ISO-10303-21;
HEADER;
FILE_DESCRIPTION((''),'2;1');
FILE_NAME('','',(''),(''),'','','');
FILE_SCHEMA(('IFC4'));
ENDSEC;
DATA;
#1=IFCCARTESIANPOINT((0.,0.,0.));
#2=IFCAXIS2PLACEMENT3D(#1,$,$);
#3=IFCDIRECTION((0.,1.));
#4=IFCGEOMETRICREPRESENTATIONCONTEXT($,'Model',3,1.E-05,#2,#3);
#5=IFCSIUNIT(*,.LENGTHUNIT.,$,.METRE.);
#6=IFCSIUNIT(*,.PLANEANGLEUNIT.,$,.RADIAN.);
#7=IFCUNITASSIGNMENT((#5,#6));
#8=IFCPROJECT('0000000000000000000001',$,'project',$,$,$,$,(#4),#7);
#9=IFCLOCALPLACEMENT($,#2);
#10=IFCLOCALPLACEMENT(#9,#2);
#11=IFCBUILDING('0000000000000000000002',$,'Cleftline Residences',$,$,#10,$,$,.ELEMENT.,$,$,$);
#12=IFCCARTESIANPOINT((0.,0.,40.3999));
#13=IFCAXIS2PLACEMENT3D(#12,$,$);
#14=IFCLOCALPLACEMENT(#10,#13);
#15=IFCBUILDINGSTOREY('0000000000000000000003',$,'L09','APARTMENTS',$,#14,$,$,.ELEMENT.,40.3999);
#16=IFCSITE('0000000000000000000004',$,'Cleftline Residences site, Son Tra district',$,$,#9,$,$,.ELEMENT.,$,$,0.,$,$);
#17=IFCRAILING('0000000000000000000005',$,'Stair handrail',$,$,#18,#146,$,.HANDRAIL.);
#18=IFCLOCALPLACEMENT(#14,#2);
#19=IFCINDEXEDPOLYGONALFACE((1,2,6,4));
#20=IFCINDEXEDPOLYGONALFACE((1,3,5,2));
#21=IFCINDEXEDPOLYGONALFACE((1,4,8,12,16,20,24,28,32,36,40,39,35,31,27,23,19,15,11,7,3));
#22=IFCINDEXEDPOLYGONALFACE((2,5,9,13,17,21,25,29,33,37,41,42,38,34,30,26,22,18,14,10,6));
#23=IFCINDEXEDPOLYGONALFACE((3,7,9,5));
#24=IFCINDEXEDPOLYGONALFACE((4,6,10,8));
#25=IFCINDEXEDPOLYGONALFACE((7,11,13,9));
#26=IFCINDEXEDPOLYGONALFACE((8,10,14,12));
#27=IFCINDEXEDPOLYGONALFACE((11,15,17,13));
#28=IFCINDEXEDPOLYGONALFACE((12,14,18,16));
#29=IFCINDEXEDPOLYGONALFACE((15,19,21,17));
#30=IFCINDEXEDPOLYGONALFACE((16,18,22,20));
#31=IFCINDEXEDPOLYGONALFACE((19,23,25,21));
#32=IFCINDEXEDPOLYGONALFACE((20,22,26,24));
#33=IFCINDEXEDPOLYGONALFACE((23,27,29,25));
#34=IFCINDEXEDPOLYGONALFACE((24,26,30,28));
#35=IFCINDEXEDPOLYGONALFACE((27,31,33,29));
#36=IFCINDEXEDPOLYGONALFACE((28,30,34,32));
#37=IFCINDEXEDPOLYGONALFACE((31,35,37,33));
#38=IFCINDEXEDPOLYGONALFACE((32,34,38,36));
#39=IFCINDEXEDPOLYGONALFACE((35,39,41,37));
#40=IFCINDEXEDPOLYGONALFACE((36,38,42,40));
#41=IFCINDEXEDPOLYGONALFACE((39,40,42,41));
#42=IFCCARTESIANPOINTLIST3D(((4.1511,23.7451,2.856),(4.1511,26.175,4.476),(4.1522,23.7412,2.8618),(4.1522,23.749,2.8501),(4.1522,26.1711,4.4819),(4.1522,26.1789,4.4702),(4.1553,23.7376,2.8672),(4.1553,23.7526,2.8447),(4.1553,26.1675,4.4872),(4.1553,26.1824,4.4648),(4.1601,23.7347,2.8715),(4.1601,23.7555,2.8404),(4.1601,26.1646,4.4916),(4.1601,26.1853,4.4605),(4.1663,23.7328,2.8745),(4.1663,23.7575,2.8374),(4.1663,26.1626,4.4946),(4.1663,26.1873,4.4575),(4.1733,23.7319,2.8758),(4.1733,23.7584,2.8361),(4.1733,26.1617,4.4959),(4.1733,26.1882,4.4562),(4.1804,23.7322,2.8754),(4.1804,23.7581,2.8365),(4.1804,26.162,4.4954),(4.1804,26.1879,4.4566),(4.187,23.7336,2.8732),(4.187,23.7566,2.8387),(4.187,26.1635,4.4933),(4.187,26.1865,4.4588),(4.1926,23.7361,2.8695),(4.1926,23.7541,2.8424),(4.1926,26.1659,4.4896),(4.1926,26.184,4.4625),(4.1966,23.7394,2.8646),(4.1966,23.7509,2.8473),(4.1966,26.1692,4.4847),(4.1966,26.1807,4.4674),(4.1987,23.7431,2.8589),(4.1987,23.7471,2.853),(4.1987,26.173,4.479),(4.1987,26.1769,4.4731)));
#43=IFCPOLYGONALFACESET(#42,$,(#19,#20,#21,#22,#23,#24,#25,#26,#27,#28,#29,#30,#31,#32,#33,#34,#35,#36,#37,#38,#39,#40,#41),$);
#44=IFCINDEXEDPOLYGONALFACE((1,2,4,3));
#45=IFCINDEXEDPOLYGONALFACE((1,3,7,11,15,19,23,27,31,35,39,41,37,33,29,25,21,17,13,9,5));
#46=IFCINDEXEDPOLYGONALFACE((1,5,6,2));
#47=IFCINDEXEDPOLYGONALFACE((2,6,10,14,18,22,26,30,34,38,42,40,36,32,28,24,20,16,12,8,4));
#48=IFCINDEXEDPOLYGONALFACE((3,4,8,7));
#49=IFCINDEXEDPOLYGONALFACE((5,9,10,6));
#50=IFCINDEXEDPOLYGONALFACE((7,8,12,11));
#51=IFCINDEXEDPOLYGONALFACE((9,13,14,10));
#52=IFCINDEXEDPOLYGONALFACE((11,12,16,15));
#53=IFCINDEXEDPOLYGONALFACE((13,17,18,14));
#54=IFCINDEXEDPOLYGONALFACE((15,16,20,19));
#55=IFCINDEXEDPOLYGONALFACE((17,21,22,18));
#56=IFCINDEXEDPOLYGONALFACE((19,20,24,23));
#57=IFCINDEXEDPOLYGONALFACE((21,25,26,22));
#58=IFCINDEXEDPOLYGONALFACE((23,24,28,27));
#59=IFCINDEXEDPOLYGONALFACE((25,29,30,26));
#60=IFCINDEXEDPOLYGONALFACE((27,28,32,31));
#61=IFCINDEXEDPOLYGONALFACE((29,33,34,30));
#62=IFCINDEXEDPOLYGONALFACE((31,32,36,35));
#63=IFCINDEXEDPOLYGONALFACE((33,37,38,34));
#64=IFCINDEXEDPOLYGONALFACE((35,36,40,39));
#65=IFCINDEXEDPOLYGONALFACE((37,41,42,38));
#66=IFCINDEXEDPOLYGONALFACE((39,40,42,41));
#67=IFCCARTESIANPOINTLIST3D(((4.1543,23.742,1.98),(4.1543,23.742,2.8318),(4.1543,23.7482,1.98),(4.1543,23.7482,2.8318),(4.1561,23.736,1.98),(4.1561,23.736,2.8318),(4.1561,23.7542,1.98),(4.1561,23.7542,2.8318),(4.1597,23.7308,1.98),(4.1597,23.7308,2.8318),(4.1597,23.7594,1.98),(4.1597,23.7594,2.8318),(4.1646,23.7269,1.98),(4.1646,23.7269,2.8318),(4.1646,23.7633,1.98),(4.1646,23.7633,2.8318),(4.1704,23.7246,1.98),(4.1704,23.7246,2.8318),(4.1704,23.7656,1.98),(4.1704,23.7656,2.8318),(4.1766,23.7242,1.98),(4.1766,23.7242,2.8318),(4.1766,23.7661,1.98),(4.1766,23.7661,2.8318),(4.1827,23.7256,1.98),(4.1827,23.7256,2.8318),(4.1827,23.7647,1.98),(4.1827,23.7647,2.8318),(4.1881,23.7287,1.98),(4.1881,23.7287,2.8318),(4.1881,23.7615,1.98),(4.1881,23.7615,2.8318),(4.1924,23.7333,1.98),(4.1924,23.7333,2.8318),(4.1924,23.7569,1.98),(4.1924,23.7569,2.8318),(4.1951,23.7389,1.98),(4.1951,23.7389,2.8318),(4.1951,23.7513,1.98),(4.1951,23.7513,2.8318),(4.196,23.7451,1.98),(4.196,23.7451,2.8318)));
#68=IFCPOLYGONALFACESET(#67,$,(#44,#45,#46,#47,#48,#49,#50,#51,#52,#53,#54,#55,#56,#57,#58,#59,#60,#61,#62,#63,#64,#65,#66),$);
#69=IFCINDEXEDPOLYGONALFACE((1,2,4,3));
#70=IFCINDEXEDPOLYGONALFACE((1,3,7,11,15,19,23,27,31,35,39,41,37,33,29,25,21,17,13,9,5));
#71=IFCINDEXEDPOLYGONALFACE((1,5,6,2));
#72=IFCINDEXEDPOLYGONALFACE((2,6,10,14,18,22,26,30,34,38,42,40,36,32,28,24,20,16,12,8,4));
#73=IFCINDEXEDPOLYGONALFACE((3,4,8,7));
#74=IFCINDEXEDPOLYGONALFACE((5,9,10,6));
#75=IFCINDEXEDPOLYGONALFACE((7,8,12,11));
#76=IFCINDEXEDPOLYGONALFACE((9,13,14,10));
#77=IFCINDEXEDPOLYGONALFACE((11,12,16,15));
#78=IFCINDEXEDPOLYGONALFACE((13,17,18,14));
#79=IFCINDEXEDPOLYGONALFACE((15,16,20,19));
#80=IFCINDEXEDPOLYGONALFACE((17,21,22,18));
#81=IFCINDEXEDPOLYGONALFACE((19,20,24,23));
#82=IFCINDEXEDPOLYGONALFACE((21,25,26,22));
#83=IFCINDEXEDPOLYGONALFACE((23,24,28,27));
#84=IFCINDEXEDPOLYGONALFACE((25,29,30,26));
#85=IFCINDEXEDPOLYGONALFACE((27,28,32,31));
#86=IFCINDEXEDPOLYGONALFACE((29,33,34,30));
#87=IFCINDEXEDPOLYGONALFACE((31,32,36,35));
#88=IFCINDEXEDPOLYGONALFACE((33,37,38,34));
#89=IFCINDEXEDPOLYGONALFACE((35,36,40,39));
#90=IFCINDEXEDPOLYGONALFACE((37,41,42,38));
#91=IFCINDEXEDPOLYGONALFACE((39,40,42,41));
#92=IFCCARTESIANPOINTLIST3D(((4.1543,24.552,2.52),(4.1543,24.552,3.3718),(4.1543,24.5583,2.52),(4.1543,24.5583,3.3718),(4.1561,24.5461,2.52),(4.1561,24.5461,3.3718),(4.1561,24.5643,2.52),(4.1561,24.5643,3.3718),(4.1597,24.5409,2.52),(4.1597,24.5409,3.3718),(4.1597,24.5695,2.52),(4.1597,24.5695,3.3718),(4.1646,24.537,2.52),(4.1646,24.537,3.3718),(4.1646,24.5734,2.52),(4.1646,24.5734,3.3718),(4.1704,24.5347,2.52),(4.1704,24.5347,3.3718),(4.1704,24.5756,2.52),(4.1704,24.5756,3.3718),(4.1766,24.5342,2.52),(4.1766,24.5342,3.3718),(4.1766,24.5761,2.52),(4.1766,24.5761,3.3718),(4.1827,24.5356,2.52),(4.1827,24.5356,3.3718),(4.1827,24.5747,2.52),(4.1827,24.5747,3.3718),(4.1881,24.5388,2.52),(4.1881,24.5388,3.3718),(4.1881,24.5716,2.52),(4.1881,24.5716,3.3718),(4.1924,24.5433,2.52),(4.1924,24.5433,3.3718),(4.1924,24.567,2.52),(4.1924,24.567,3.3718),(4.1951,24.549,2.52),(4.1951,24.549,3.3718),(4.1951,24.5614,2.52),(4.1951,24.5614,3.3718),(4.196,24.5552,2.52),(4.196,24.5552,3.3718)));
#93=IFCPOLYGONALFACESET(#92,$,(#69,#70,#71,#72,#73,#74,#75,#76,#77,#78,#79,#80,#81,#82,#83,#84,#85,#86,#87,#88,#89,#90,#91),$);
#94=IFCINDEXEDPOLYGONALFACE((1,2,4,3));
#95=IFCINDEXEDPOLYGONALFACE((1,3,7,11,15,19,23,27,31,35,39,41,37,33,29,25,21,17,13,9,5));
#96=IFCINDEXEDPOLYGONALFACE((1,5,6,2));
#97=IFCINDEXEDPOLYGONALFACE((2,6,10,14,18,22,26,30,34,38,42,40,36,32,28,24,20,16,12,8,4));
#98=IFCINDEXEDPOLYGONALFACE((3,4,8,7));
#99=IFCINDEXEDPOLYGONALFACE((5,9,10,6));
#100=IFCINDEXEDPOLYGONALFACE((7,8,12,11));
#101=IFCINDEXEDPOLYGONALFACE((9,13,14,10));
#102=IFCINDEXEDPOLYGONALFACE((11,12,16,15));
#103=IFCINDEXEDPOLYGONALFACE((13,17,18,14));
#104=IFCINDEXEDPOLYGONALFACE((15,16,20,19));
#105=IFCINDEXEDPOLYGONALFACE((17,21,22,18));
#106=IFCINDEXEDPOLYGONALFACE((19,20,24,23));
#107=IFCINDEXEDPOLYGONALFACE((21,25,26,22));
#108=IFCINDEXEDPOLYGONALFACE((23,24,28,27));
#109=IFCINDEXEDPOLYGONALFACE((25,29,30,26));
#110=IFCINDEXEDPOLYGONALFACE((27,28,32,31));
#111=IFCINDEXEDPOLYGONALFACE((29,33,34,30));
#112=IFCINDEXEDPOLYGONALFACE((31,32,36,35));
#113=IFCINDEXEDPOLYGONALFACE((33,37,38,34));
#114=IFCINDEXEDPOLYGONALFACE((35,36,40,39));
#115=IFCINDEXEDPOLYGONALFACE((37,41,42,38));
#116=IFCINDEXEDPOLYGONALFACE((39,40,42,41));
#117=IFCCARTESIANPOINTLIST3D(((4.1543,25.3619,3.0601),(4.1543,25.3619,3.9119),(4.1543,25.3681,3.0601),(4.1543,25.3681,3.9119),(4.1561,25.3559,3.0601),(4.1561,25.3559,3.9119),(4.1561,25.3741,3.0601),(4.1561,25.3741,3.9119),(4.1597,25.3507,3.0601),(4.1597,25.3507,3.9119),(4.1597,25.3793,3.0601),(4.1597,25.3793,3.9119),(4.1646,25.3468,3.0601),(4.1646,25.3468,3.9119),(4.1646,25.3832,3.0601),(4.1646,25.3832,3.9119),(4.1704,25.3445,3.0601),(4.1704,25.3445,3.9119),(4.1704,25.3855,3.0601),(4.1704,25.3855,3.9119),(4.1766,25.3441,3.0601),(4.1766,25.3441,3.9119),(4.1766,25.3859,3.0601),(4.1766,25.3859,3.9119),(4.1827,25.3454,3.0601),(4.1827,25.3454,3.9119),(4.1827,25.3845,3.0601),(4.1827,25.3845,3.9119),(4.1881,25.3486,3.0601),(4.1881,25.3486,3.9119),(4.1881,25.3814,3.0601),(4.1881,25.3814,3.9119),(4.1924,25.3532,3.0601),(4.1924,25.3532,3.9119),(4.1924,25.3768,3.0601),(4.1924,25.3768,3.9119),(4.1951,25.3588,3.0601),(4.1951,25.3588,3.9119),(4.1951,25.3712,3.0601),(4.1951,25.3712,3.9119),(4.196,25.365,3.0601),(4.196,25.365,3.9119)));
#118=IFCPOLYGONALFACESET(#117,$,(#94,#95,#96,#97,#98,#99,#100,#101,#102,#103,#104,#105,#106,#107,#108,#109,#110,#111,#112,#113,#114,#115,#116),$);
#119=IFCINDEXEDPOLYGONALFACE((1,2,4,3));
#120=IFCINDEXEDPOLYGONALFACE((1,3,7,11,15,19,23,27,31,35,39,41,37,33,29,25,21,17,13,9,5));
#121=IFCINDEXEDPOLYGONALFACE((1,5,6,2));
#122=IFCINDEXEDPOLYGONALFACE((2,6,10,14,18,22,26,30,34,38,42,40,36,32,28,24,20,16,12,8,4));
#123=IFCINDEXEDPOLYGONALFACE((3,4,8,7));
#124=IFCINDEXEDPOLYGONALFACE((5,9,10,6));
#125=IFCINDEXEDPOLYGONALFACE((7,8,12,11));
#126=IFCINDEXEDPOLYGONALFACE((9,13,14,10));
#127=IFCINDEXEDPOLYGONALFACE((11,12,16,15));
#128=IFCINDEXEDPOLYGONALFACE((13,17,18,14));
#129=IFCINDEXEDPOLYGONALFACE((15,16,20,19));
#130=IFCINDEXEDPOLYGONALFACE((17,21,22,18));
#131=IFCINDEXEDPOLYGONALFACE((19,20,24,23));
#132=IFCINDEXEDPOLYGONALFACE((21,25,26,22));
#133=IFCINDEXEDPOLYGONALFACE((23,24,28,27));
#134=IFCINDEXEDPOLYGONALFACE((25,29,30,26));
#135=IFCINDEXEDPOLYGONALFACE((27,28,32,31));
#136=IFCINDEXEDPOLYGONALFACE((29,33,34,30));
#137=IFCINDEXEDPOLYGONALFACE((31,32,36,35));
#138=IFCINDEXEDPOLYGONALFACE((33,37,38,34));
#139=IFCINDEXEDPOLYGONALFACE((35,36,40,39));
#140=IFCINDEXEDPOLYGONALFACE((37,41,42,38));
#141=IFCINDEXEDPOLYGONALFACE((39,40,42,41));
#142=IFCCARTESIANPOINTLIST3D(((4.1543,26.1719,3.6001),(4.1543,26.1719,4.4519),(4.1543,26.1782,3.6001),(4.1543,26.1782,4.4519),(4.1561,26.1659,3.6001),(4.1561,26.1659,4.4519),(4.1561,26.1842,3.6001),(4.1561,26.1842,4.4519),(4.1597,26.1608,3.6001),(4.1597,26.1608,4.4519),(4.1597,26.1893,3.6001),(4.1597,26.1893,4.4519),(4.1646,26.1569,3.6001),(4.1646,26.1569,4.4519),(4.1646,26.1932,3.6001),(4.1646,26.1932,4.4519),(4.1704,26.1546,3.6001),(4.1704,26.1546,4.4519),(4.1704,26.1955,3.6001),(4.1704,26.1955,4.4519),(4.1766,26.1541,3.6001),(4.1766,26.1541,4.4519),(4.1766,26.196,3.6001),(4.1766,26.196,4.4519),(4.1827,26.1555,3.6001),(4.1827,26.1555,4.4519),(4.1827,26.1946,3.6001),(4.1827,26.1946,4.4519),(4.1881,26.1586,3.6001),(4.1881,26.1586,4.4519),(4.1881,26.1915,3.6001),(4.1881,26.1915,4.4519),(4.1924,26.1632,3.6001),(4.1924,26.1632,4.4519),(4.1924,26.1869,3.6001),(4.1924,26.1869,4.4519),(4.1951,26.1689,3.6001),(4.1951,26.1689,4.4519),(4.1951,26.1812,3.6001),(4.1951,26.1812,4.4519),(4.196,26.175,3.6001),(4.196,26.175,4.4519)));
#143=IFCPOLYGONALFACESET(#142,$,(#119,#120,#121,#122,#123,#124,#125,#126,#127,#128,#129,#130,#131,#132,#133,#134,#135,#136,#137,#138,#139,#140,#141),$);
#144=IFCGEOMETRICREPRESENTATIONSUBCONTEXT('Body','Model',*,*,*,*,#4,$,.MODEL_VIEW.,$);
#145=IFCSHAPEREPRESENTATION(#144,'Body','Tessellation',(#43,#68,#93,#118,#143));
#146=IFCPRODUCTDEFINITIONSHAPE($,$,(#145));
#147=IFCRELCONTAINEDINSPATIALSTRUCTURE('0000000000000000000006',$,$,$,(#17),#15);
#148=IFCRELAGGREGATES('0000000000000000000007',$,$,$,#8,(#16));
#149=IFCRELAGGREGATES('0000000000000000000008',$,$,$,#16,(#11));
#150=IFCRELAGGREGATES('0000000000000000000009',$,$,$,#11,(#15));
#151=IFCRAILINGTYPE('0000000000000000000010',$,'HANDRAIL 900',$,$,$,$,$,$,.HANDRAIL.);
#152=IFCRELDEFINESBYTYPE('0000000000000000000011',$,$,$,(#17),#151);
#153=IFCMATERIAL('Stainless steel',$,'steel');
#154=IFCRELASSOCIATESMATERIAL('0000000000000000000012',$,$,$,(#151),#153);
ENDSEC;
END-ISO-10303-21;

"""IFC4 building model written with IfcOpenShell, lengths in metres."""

from ifc_helpers import new_model, si_unit, direction, frame, origin, origin_2d, place, context, subcontext, project, spatial, circle, extrude, material, type_object, element, save


model = new_model("IFC4")

# Units and contexts
model_context = context("Model", 3, precision=1e-05, world=origin(), true_north=direction((0.0, 1.0)))
body_context = subcontext(model_context, "Body", "Model", "MODEL_VIEW")
ifc_project = project(units=[si_unit("LENGTHUNIT", "METRE"), si_unit("PLANEANGLEUNIT", "RADIAN")], contexts=[model_context])

# Site, building, storey
site_placement = place(None, origin())
site = spatial("IfcSite", under=ifc_project, at=site_placement, Name="Cleftline Residences site, Son Tra district", CompositionType="ELEMENT", RefElevation=0.0)
building_placement = place(site_placement, origin())
building = spatial("IfcBuilding", under=site, at=building_placement, Name="Cleftline Residences", CompositionType="ELEMENT")
storey_placement = place(building_placement, frame((0.0, 0.0, 40.3999)))
storey = spatial("IfcBuildingStorey", under=building, at=storey_placement, Name="L09", Description="APARTMENTS", CompositionType="ELEMENT", Elevation=40.3999)

# Railing
ifc_material_1 = material(Name="Stainless steel", Category="steel")
railing_type = type_object("IfcRailingType", Name="HANDRAIL 900", PredefinedType="HANDRAIL", material=ifc_material_1)
railing_1_placement = place(storey_placement, frame((4.175, 23.7451, 1.98)))
element("IfcRailing", 1, at=railing_1_placement, inside=storey, type_object=railing_type, Name="Stair handrail", PredefinedType="HANDRAIL", context=body_context, shape_type="SweptSolid", body=[
    extrude(circle(Radius=0.0239, at=origin_2d()), frame((0.0, 0.0, 0.876), z_axis=(0.0, 0.832025, 0.554739), x_axis=(-1.0, 0.0, 0.0)), (0.0, 0.0, 1.0), 2.9204),
    extrude(circle(Radius=0.021, at=origin_2d()), origin(), (0.0, 0.0, 1.0), 0.8518),
    extrude(circle(Radius=0.021, at=origin_2d()), frame((0.0, 0.8101, 0.54)), (0.0, 0.0, 1.0), 0.8518),
    extrude(circle(Radius=0.021, at=origin_2d()), frame((0.0, 1.6199, 1.0801)), (0.0, 0.0, 1.0), 0.8518),
    extrude(circle(Radius=0.021, at=origin_2d()), frame((0.0, 2.4299, 1.6201)), (0.0, 0.0, 1.0), 0.8518),
])

save(model, "model.ifc")
